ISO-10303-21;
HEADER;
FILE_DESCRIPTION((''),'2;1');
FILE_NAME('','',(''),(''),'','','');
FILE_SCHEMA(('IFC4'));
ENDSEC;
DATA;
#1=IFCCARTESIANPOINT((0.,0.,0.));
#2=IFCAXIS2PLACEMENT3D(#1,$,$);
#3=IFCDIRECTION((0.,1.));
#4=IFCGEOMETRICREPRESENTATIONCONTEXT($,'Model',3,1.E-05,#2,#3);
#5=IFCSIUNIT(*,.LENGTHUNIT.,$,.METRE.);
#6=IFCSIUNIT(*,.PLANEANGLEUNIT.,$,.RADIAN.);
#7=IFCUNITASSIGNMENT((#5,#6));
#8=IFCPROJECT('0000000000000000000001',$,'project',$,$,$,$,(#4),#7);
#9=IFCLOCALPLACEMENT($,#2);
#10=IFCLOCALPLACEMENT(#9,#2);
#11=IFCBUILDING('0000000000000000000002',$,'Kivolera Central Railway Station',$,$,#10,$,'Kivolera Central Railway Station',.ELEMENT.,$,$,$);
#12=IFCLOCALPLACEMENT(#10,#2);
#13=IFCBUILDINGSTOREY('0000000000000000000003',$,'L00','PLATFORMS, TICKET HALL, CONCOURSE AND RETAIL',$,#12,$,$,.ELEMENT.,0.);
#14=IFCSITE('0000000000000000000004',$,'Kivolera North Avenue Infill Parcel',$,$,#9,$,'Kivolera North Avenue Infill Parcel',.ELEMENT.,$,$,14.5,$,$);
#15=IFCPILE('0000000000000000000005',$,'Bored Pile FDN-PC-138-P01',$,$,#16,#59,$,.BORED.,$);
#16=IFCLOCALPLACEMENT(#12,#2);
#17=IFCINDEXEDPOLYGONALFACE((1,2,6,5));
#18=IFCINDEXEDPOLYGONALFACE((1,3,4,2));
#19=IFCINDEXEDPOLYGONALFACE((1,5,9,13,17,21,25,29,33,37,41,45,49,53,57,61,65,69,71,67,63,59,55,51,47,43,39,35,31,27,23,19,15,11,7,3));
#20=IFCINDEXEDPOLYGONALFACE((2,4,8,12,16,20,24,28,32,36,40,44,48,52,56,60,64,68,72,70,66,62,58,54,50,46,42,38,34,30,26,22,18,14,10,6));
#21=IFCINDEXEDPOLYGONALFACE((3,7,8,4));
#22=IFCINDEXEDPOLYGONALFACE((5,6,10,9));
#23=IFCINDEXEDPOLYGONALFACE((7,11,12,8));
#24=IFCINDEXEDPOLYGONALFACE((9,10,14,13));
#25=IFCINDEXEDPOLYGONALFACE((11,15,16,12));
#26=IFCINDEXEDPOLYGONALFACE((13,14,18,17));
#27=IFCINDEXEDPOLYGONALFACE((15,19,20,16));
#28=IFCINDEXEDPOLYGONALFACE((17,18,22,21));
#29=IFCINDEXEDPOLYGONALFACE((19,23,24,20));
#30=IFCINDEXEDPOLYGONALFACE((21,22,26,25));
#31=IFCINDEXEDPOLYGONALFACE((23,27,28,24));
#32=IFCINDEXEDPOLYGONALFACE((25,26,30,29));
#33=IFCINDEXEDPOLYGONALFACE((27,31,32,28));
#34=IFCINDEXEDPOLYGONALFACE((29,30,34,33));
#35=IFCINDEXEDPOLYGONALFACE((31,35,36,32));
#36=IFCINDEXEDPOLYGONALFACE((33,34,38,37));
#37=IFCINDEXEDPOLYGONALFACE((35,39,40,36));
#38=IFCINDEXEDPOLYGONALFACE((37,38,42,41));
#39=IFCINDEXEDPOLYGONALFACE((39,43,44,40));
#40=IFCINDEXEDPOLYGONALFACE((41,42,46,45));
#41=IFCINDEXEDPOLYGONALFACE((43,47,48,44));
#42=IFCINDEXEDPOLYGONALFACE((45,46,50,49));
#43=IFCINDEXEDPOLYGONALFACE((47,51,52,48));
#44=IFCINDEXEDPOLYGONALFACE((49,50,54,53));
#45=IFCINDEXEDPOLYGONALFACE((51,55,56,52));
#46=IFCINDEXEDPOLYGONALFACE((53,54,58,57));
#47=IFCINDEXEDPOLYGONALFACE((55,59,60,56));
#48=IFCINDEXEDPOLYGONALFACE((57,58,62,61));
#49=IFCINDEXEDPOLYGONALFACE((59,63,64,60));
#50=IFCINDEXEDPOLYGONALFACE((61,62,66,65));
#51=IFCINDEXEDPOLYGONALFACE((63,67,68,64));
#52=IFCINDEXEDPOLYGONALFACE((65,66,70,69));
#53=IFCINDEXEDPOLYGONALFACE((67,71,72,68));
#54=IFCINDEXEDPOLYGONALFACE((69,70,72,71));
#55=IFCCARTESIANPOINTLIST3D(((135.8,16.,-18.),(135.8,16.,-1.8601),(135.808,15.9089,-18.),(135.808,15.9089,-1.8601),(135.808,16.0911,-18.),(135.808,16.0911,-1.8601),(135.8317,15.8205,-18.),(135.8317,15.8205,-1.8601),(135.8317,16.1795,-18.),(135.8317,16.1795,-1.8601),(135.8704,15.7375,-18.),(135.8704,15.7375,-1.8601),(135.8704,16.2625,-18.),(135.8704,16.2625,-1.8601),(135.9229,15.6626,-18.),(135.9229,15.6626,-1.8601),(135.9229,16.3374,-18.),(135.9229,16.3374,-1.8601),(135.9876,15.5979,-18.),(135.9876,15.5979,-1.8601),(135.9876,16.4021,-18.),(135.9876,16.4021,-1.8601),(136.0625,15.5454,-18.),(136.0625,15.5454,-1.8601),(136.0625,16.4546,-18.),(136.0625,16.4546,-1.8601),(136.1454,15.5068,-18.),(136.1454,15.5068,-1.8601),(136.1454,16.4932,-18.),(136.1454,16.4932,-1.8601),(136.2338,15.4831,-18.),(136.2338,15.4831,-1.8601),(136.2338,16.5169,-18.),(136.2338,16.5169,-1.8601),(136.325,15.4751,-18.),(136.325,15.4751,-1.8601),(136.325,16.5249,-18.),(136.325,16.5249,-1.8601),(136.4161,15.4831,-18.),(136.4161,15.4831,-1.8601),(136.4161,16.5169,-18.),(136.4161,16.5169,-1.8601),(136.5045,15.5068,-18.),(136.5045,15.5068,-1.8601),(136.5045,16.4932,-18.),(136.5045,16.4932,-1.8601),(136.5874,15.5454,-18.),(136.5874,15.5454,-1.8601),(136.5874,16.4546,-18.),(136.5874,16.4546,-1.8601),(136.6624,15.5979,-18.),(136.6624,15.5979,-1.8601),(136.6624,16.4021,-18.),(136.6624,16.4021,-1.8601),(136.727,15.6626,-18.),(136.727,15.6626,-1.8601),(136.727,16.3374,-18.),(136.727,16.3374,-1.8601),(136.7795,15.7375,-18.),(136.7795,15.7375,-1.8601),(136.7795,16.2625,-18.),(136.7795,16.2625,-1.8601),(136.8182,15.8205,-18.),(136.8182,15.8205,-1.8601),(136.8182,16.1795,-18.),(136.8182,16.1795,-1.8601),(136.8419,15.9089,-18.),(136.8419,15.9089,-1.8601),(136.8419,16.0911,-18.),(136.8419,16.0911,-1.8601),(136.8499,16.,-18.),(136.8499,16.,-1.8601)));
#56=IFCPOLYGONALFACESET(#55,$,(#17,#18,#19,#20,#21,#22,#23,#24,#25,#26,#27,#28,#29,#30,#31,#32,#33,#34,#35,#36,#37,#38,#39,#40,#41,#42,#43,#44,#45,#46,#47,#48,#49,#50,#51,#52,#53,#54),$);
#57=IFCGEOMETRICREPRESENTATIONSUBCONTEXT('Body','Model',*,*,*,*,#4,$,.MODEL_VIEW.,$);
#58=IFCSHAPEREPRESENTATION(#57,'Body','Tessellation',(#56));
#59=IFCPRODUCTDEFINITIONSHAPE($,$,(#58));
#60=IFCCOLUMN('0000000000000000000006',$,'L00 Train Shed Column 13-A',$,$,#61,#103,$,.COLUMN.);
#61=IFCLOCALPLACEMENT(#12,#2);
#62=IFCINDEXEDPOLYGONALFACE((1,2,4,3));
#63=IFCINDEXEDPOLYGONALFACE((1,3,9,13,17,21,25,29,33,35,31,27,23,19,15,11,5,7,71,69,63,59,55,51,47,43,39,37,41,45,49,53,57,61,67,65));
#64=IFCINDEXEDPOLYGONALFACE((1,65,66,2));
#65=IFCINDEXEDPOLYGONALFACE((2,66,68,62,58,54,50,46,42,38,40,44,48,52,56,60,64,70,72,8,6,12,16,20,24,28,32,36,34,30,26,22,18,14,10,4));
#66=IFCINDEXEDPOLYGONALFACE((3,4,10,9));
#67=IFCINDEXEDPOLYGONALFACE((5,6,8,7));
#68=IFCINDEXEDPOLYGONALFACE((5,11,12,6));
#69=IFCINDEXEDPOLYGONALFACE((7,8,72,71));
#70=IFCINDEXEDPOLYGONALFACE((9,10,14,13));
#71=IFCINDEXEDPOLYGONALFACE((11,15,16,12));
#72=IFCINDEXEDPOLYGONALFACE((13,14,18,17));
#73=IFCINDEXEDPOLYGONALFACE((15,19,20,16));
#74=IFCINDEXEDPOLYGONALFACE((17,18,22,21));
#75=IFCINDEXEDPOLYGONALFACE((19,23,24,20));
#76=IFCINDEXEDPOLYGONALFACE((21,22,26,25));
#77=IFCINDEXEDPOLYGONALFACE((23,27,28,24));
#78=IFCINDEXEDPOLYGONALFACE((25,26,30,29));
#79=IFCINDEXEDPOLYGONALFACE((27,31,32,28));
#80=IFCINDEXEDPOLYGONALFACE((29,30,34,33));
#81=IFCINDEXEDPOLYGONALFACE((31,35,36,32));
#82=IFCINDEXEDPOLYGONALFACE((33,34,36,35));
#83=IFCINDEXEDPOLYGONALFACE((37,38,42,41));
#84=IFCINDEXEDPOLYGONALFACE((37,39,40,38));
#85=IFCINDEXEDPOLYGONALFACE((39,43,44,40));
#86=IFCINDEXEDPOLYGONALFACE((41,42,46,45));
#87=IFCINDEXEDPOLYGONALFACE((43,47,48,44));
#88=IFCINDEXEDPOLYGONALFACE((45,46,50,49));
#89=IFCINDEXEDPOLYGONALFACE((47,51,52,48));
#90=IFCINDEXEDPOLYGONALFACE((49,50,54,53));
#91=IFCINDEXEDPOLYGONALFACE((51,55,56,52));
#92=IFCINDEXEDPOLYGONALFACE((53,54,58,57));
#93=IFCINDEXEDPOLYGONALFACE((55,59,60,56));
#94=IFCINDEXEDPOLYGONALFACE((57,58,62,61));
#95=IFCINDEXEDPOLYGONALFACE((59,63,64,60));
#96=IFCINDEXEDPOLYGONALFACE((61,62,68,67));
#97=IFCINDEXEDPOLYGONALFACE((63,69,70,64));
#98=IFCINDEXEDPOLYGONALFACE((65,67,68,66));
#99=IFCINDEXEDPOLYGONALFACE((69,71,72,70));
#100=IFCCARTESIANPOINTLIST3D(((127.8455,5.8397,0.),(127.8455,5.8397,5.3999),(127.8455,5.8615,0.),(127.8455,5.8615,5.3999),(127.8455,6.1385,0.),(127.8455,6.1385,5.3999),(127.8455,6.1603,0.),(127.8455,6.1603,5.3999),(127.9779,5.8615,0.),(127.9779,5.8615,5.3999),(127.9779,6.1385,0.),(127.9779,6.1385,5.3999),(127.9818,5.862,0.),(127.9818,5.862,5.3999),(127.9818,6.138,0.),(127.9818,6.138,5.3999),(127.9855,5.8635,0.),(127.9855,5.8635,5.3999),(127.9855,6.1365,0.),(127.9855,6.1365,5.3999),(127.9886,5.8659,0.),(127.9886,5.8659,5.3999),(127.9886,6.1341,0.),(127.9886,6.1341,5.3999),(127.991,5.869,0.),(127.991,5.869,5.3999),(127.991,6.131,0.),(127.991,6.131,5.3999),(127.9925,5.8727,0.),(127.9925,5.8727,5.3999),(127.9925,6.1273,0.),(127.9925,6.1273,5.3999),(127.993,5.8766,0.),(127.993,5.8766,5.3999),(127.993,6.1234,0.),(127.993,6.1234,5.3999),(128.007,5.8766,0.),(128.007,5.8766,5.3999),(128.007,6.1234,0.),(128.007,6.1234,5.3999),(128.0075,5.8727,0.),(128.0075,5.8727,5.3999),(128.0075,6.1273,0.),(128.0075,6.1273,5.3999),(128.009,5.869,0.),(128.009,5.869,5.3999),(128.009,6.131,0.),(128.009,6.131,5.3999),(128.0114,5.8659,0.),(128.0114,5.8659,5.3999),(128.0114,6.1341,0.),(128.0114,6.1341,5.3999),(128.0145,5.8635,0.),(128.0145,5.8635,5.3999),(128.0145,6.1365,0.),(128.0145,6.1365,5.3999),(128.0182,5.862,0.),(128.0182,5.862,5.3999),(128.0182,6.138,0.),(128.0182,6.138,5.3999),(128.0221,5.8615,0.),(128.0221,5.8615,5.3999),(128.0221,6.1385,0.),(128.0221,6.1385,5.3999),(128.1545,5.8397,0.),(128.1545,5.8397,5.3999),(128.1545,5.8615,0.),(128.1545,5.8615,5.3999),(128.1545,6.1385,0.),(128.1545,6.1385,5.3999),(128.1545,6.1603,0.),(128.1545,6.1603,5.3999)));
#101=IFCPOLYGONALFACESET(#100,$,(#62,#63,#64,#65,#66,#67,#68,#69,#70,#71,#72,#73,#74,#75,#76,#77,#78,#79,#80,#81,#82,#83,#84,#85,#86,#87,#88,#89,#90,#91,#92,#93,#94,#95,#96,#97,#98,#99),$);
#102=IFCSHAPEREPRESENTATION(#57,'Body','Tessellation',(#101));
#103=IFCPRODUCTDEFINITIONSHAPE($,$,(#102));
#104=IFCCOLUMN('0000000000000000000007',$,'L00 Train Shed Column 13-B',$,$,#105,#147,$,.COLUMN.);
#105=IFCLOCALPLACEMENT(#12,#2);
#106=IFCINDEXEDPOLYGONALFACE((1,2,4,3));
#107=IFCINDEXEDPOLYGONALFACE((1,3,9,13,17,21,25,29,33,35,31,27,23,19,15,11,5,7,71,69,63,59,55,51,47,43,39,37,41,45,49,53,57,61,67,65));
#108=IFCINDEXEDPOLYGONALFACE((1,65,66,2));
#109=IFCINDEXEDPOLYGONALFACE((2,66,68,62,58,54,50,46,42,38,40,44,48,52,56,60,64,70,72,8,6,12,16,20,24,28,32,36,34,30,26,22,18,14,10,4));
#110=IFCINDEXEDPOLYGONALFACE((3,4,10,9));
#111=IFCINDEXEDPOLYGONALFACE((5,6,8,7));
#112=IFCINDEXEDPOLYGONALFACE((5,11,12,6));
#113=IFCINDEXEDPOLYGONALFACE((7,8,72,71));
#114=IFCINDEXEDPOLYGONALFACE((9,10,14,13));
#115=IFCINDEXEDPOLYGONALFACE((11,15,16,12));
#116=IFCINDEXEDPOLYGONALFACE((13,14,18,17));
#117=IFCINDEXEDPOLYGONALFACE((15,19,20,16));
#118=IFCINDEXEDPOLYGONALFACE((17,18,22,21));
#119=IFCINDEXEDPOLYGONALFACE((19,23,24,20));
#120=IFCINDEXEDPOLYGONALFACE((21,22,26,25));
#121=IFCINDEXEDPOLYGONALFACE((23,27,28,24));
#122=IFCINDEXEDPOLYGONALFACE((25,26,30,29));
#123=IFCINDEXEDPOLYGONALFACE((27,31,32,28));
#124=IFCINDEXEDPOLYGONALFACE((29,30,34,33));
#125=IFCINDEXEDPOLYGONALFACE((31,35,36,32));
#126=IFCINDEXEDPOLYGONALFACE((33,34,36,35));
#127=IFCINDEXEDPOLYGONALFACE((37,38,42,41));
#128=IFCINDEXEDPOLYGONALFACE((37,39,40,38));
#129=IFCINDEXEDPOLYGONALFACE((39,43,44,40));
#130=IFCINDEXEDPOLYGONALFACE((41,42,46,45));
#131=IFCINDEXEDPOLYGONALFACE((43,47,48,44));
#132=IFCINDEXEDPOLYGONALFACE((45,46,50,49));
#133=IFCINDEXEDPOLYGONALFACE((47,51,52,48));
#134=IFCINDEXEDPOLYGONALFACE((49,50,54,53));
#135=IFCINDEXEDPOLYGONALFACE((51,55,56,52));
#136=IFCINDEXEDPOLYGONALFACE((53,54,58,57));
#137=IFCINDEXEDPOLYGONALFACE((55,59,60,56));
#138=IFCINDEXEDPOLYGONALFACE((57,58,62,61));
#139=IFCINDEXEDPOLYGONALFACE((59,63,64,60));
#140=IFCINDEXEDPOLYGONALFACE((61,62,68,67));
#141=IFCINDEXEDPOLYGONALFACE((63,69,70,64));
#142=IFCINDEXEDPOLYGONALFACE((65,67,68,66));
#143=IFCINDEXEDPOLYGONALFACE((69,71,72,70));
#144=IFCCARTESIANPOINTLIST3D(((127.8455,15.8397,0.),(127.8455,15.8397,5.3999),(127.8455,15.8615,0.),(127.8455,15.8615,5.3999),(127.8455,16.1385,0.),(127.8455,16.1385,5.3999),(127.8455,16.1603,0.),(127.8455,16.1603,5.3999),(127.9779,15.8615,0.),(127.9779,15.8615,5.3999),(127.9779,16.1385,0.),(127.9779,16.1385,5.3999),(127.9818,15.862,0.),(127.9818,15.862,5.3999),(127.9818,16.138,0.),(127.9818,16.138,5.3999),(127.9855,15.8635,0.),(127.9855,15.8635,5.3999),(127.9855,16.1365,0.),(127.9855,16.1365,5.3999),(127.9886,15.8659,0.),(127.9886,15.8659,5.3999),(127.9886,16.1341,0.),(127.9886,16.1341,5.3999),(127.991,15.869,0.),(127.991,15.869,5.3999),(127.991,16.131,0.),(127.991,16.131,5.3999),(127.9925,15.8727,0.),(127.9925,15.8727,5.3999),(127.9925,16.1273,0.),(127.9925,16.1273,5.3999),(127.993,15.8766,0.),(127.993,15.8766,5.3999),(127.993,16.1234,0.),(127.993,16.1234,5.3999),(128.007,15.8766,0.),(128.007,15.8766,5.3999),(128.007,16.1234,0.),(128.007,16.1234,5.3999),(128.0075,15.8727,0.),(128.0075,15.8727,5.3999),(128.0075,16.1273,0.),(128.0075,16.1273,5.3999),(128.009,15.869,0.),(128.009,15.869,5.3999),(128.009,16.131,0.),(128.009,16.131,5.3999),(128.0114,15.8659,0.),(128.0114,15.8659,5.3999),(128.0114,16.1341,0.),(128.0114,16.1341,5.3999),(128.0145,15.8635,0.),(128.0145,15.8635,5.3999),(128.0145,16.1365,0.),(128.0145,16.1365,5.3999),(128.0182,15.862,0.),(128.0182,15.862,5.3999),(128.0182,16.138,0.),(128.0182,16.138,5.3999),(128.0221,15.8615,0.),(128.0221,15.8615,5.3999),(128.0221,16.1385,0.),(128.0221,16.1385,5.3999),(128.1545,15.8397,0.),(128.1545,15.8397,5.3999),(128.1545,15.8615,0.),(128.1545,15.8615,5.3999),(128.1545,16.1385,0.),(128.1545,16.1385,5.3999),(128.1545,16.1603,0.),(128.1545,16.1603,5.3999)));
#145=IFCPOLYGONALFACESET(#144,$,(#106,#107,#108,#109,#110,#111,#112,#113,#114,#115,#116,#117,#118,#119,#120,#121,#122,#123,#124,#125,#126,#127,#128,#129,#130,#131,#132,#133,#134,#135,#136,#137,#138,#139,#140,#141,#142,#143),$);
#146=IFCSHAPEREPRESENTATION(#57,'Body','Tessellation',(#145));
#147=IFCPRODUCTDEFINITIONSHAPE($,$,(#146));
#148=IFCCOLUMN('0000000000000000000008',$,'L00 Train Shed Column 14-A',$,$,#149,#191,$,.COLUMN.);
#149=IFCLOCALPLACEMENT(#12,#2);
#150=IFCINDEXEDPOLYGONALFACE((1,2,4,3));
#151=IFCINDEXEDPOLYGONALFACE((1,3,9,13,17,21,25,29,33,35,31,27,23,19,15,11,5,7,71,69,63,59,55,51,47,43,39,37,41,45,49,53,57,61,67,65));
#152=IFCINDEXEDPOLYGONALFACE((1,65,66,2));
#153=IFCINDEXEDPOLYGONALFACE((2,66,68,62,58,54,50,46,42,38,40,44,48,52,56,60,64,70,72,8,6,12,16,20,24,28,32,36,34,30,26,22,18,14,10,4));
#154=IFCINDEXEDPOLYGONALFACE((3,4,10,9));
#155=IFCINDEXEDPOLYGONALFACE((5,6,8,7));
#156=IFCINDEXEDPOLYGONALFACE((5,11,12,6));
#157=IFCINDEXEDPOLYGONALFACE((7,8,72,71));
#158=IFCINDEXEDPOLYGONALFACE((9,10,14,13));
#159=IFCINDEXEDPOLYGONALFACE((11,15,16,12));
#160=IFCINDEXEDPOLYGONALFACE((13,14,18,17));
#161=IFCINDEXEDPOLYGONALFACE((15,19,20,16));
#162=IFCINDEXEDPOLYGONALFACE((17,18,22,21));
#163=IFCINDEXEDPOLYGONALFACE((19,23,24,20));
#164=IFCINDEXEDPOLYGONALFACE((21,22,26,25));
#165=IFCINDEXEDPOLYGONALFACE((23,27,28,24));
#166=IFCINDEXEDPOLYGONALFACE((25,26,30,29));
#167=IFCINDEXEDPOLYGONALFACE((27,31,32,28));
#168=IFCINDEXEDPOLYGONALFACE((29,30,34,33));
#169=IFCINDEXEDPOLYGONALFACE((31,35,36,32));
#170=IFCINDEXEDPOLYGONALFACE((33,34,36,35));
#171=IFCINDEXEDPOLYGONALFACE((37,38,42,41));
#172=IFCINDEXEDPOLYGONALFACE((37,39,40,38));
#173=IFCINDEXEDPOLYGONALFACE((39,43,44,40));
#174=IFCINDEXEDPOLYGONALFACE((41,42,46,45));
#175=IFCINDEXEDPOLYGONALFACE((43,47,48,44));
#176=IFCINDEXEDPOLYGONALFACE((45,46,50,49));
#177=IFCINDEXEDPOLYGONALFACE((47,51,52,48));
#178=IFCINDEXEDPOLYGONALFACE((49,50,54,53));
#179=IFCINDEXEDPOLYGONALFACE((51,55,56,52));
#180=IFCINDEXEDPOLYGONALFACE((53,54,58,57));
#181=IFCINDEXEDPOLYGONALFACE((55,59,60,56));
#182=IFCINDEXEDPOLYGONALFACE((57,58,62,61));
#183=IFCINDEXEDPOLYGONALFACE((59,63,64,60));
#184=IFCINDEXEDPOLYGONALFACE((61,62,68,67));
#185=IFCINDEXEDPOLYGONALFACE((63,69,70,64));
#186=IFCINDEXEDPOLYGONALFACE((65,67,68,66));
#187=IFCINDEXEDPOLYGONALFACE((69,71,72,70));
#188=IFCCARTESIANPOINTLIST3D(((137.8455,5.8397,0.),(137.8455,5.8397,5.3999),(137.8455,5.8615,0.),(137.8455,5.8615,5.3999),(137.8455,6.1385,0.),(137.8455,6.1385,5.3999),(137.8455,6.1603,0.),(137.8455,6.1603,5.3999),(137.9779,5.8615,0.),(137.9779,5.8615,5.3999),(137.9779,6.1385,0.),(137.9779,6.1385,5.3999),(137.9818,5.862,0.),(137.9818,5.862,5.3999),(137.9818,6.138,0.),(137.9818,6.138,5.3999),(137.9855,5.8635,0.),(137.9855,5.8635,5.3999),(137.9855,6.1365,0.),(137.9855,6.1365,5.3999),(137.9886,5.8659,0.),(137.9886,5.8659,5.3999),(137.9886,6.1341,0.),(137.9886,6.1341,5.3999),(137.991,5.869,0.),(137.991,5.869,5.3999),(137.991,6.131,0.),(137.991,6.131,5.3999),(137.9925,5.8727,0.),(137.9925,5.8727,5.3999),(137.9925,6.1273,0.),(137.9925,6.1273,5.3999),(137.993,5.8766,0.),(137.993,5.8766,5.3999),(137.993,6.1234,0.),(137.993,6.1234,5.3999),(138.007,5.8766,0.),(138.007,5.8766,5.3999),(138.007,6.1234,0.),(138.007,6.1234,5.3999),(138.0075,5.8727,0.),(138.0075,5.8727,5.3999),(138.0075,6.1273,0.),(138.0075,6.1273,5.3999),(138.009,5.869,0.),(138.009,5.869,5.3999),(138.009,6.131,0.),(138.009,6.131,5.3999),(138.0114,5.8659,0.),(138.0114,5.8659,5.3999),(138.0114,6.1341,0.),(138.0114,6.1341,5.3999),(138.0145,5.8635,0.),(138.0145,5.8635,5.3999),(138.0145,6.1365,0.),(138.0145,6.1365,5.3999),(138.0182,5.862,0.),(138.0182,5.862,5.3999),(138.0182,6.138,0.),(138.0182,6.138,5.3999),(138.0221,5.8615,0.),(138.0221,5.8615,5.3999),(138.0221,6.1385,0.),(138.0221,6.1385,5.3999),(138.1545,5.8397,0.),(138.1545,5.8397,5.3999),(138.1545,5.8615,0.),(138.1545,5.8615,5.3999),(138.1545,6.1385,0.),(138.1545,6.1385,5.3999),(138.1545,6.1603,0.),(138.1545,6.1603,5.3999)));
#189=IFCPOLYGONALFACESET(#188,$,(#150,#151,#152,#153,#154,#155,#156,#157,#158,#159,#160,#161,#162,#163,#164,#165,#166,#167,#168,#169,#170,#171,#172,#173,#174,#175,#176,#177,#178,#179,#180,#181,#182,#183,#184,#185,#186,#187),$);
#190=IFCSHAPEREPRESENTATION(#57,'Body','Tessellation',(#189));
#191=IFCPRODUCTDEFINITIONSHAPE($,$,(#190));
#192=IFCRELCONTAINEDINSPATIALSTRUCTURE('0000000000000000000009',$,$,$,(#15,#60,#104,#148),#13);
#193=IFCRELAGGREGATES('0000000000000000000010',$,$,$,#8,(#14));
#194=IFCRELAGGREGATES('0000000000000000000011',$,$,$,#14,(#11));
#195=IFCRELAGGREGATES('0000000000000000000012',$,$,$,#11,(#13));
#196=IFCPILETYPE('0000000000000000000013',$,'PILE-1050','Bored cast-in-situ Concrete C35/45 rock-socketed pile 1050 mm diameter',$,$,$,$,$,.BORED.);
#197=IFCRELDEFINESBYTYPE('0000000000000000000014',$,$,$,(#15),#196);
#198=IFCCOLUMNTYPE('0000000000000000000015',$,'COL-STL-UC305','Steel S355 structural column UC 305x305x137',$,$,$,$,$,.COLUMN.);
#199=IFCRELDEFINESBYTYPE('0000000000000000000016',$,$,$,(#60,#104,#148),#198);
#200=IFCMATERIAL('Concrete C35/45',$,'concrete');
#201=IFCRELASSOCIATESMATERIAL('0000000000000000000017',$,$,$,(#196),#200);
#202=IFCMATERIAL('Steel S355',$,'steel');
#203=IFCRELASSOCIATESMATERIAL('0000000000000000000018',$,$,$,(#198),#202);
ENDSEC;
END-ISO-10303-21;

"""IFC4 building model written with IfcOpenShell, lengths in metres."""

from ifc_helpers import new_model, si_unit, direction, frame, origin, origin_2d, place, context, subcontext, project, spatial, circle, i_section, extrude, material, material_profile, profile_set, type_object, element, save


model = new_model("IFC4")

# Units and contexts
model_context = context("Model", 3, precision=1e-05, world=origin(), true_north=direction((0.0, 1.0)))
body_context = subcontext(model_context, "Body", "Model", "MODEL_VIEW")
ifc_project = project(units=[si_unit("LENGTHUNIT", "METRE"), si_unit("PLANEANGLEUNIT", "RADIAN")], contexts=[model_context])

# Site, building, storey
site_placement = place(None, origin())
site = spatial("IfcSite", under=ifc_project, at=site_placement, Name="Kivolera North Avenue Infill Parcel", LongName="Kivolera North Avenue Infill Parcel", CompositionType="ELEMENT", RefElevation=14.5)
building_placement = place(site_placement, origin())
building = spatial("IfcBuilding", under=site, at=building_placement, Name="Kivolera Central Railway Station", LongName="Kivolera Central Railway Station", CompositionType="ELEMENT")
storey_placement = place(building_placement, origin())
storey = spatial("IfcBuildingStorey", under=building, at=storey_placement, Name="L00", Description="PLATFORMS, TICKET HALL, CONCOURSE AND RETAIL", CompositionType="ELEMENT", Elevation=0.0)

# Shared definitions
ifc_material_1 = material(Name="Concrete C35/45", Category="concrete")

# Pile
ifc_material_profile_1 = material_profile(ifc_material_1, circle(Radius=0.5249, at=origin_2d()), Name="PILE D1050")
ifc_profile_set_1 = profile_set([ifc_material_profile_1], Name="Concrete C35/45")
pile_type = type_object("IfcPileType", Name="PILE-1050", Description="Bored cast-in-situ Concrete C35/45 rock-socketed pile 1050 mm diameter", PredefinedType="BORED", material=ifc_profile_set_1)
pile_1_placement = place(storey_placement, frame((136.325, 16.0, -1.8601), z_axis=(0.0, 0.0, -1.0), x_axis=(1.0, 0.0, 0.0)))
element("IfcPile", 1, at=pile_1_placement, inside=storey, type_object=pile_type, Name="Bored Pile FDN-PC-138-P01", PredefinedType="BORED", context=body_context, shape_type="SweptSolid", body=[
    extrude(circle(Radius=0.5249, at=origin_2d()), origin(), (0.0, 0.0, 1.0), 16.1399),
])

# Columns
ifc_material_2 = material(Name="Steel S355", Category="steel")
ifc_material_profile_2 = material_profile(ifc_material_2, i_section(OverallWidth=0.3091, OverallDepth=0.3206, WebThickness=0.0139, FlangeThickness=0.0217, FilletRadius=0.0151, at=origin_2d()), Name="UC 305x305x137")
ifc_profile_set_2 = profile_set([ifc_material_profile_2], Name="Steel S355")
column_type = type_object("IfcColumnType", Name="COL-STL-UC305", Description="Steel S355 structural column UC 305x305x137", PredefinedType="COLUMN", material=ifc_profile_set_2)
for number, where, z_axis, x_axis, name in (
    (2, (128.0, 6.0, 0.0), (0.0, 0.0, 1.0), (1.0, 0.0, 0.0), "L00 Train Shed Column 13-A"),
    (3, (128.0, 16.0, 0.0), (0.0, 0.0, 1.0), (1.0, 0.0, 0.0), "L00 Train Shed Column 13-B"),
    (4, (138.0, 6.0, 0.0), (0.0, 0.0, 1.0), (1.0, 0.0, 0.0), "L00 Train Shed Column 14-A"),
):
    element("IfcColumn", number, at=place(storey_placement, frame(where, z_axis=z_axis, x_axis=x_axis)), inside=storey, type_object=column_type, Name=name, PredefinedType="COLUMN", context=body_context, shape_type="SweptSolid", body=[
        extrude(i_section(OverallWidth=0.3091, OverallDepth=0.3206, WebThickness=0.0139, FlangeThickness=0.0217, FilletRadius=0.0151, at=origin_2d()), origin(), (0.0, 0.0, 1.0), 5.3999),
    ])

save(model, "model.ifc")
